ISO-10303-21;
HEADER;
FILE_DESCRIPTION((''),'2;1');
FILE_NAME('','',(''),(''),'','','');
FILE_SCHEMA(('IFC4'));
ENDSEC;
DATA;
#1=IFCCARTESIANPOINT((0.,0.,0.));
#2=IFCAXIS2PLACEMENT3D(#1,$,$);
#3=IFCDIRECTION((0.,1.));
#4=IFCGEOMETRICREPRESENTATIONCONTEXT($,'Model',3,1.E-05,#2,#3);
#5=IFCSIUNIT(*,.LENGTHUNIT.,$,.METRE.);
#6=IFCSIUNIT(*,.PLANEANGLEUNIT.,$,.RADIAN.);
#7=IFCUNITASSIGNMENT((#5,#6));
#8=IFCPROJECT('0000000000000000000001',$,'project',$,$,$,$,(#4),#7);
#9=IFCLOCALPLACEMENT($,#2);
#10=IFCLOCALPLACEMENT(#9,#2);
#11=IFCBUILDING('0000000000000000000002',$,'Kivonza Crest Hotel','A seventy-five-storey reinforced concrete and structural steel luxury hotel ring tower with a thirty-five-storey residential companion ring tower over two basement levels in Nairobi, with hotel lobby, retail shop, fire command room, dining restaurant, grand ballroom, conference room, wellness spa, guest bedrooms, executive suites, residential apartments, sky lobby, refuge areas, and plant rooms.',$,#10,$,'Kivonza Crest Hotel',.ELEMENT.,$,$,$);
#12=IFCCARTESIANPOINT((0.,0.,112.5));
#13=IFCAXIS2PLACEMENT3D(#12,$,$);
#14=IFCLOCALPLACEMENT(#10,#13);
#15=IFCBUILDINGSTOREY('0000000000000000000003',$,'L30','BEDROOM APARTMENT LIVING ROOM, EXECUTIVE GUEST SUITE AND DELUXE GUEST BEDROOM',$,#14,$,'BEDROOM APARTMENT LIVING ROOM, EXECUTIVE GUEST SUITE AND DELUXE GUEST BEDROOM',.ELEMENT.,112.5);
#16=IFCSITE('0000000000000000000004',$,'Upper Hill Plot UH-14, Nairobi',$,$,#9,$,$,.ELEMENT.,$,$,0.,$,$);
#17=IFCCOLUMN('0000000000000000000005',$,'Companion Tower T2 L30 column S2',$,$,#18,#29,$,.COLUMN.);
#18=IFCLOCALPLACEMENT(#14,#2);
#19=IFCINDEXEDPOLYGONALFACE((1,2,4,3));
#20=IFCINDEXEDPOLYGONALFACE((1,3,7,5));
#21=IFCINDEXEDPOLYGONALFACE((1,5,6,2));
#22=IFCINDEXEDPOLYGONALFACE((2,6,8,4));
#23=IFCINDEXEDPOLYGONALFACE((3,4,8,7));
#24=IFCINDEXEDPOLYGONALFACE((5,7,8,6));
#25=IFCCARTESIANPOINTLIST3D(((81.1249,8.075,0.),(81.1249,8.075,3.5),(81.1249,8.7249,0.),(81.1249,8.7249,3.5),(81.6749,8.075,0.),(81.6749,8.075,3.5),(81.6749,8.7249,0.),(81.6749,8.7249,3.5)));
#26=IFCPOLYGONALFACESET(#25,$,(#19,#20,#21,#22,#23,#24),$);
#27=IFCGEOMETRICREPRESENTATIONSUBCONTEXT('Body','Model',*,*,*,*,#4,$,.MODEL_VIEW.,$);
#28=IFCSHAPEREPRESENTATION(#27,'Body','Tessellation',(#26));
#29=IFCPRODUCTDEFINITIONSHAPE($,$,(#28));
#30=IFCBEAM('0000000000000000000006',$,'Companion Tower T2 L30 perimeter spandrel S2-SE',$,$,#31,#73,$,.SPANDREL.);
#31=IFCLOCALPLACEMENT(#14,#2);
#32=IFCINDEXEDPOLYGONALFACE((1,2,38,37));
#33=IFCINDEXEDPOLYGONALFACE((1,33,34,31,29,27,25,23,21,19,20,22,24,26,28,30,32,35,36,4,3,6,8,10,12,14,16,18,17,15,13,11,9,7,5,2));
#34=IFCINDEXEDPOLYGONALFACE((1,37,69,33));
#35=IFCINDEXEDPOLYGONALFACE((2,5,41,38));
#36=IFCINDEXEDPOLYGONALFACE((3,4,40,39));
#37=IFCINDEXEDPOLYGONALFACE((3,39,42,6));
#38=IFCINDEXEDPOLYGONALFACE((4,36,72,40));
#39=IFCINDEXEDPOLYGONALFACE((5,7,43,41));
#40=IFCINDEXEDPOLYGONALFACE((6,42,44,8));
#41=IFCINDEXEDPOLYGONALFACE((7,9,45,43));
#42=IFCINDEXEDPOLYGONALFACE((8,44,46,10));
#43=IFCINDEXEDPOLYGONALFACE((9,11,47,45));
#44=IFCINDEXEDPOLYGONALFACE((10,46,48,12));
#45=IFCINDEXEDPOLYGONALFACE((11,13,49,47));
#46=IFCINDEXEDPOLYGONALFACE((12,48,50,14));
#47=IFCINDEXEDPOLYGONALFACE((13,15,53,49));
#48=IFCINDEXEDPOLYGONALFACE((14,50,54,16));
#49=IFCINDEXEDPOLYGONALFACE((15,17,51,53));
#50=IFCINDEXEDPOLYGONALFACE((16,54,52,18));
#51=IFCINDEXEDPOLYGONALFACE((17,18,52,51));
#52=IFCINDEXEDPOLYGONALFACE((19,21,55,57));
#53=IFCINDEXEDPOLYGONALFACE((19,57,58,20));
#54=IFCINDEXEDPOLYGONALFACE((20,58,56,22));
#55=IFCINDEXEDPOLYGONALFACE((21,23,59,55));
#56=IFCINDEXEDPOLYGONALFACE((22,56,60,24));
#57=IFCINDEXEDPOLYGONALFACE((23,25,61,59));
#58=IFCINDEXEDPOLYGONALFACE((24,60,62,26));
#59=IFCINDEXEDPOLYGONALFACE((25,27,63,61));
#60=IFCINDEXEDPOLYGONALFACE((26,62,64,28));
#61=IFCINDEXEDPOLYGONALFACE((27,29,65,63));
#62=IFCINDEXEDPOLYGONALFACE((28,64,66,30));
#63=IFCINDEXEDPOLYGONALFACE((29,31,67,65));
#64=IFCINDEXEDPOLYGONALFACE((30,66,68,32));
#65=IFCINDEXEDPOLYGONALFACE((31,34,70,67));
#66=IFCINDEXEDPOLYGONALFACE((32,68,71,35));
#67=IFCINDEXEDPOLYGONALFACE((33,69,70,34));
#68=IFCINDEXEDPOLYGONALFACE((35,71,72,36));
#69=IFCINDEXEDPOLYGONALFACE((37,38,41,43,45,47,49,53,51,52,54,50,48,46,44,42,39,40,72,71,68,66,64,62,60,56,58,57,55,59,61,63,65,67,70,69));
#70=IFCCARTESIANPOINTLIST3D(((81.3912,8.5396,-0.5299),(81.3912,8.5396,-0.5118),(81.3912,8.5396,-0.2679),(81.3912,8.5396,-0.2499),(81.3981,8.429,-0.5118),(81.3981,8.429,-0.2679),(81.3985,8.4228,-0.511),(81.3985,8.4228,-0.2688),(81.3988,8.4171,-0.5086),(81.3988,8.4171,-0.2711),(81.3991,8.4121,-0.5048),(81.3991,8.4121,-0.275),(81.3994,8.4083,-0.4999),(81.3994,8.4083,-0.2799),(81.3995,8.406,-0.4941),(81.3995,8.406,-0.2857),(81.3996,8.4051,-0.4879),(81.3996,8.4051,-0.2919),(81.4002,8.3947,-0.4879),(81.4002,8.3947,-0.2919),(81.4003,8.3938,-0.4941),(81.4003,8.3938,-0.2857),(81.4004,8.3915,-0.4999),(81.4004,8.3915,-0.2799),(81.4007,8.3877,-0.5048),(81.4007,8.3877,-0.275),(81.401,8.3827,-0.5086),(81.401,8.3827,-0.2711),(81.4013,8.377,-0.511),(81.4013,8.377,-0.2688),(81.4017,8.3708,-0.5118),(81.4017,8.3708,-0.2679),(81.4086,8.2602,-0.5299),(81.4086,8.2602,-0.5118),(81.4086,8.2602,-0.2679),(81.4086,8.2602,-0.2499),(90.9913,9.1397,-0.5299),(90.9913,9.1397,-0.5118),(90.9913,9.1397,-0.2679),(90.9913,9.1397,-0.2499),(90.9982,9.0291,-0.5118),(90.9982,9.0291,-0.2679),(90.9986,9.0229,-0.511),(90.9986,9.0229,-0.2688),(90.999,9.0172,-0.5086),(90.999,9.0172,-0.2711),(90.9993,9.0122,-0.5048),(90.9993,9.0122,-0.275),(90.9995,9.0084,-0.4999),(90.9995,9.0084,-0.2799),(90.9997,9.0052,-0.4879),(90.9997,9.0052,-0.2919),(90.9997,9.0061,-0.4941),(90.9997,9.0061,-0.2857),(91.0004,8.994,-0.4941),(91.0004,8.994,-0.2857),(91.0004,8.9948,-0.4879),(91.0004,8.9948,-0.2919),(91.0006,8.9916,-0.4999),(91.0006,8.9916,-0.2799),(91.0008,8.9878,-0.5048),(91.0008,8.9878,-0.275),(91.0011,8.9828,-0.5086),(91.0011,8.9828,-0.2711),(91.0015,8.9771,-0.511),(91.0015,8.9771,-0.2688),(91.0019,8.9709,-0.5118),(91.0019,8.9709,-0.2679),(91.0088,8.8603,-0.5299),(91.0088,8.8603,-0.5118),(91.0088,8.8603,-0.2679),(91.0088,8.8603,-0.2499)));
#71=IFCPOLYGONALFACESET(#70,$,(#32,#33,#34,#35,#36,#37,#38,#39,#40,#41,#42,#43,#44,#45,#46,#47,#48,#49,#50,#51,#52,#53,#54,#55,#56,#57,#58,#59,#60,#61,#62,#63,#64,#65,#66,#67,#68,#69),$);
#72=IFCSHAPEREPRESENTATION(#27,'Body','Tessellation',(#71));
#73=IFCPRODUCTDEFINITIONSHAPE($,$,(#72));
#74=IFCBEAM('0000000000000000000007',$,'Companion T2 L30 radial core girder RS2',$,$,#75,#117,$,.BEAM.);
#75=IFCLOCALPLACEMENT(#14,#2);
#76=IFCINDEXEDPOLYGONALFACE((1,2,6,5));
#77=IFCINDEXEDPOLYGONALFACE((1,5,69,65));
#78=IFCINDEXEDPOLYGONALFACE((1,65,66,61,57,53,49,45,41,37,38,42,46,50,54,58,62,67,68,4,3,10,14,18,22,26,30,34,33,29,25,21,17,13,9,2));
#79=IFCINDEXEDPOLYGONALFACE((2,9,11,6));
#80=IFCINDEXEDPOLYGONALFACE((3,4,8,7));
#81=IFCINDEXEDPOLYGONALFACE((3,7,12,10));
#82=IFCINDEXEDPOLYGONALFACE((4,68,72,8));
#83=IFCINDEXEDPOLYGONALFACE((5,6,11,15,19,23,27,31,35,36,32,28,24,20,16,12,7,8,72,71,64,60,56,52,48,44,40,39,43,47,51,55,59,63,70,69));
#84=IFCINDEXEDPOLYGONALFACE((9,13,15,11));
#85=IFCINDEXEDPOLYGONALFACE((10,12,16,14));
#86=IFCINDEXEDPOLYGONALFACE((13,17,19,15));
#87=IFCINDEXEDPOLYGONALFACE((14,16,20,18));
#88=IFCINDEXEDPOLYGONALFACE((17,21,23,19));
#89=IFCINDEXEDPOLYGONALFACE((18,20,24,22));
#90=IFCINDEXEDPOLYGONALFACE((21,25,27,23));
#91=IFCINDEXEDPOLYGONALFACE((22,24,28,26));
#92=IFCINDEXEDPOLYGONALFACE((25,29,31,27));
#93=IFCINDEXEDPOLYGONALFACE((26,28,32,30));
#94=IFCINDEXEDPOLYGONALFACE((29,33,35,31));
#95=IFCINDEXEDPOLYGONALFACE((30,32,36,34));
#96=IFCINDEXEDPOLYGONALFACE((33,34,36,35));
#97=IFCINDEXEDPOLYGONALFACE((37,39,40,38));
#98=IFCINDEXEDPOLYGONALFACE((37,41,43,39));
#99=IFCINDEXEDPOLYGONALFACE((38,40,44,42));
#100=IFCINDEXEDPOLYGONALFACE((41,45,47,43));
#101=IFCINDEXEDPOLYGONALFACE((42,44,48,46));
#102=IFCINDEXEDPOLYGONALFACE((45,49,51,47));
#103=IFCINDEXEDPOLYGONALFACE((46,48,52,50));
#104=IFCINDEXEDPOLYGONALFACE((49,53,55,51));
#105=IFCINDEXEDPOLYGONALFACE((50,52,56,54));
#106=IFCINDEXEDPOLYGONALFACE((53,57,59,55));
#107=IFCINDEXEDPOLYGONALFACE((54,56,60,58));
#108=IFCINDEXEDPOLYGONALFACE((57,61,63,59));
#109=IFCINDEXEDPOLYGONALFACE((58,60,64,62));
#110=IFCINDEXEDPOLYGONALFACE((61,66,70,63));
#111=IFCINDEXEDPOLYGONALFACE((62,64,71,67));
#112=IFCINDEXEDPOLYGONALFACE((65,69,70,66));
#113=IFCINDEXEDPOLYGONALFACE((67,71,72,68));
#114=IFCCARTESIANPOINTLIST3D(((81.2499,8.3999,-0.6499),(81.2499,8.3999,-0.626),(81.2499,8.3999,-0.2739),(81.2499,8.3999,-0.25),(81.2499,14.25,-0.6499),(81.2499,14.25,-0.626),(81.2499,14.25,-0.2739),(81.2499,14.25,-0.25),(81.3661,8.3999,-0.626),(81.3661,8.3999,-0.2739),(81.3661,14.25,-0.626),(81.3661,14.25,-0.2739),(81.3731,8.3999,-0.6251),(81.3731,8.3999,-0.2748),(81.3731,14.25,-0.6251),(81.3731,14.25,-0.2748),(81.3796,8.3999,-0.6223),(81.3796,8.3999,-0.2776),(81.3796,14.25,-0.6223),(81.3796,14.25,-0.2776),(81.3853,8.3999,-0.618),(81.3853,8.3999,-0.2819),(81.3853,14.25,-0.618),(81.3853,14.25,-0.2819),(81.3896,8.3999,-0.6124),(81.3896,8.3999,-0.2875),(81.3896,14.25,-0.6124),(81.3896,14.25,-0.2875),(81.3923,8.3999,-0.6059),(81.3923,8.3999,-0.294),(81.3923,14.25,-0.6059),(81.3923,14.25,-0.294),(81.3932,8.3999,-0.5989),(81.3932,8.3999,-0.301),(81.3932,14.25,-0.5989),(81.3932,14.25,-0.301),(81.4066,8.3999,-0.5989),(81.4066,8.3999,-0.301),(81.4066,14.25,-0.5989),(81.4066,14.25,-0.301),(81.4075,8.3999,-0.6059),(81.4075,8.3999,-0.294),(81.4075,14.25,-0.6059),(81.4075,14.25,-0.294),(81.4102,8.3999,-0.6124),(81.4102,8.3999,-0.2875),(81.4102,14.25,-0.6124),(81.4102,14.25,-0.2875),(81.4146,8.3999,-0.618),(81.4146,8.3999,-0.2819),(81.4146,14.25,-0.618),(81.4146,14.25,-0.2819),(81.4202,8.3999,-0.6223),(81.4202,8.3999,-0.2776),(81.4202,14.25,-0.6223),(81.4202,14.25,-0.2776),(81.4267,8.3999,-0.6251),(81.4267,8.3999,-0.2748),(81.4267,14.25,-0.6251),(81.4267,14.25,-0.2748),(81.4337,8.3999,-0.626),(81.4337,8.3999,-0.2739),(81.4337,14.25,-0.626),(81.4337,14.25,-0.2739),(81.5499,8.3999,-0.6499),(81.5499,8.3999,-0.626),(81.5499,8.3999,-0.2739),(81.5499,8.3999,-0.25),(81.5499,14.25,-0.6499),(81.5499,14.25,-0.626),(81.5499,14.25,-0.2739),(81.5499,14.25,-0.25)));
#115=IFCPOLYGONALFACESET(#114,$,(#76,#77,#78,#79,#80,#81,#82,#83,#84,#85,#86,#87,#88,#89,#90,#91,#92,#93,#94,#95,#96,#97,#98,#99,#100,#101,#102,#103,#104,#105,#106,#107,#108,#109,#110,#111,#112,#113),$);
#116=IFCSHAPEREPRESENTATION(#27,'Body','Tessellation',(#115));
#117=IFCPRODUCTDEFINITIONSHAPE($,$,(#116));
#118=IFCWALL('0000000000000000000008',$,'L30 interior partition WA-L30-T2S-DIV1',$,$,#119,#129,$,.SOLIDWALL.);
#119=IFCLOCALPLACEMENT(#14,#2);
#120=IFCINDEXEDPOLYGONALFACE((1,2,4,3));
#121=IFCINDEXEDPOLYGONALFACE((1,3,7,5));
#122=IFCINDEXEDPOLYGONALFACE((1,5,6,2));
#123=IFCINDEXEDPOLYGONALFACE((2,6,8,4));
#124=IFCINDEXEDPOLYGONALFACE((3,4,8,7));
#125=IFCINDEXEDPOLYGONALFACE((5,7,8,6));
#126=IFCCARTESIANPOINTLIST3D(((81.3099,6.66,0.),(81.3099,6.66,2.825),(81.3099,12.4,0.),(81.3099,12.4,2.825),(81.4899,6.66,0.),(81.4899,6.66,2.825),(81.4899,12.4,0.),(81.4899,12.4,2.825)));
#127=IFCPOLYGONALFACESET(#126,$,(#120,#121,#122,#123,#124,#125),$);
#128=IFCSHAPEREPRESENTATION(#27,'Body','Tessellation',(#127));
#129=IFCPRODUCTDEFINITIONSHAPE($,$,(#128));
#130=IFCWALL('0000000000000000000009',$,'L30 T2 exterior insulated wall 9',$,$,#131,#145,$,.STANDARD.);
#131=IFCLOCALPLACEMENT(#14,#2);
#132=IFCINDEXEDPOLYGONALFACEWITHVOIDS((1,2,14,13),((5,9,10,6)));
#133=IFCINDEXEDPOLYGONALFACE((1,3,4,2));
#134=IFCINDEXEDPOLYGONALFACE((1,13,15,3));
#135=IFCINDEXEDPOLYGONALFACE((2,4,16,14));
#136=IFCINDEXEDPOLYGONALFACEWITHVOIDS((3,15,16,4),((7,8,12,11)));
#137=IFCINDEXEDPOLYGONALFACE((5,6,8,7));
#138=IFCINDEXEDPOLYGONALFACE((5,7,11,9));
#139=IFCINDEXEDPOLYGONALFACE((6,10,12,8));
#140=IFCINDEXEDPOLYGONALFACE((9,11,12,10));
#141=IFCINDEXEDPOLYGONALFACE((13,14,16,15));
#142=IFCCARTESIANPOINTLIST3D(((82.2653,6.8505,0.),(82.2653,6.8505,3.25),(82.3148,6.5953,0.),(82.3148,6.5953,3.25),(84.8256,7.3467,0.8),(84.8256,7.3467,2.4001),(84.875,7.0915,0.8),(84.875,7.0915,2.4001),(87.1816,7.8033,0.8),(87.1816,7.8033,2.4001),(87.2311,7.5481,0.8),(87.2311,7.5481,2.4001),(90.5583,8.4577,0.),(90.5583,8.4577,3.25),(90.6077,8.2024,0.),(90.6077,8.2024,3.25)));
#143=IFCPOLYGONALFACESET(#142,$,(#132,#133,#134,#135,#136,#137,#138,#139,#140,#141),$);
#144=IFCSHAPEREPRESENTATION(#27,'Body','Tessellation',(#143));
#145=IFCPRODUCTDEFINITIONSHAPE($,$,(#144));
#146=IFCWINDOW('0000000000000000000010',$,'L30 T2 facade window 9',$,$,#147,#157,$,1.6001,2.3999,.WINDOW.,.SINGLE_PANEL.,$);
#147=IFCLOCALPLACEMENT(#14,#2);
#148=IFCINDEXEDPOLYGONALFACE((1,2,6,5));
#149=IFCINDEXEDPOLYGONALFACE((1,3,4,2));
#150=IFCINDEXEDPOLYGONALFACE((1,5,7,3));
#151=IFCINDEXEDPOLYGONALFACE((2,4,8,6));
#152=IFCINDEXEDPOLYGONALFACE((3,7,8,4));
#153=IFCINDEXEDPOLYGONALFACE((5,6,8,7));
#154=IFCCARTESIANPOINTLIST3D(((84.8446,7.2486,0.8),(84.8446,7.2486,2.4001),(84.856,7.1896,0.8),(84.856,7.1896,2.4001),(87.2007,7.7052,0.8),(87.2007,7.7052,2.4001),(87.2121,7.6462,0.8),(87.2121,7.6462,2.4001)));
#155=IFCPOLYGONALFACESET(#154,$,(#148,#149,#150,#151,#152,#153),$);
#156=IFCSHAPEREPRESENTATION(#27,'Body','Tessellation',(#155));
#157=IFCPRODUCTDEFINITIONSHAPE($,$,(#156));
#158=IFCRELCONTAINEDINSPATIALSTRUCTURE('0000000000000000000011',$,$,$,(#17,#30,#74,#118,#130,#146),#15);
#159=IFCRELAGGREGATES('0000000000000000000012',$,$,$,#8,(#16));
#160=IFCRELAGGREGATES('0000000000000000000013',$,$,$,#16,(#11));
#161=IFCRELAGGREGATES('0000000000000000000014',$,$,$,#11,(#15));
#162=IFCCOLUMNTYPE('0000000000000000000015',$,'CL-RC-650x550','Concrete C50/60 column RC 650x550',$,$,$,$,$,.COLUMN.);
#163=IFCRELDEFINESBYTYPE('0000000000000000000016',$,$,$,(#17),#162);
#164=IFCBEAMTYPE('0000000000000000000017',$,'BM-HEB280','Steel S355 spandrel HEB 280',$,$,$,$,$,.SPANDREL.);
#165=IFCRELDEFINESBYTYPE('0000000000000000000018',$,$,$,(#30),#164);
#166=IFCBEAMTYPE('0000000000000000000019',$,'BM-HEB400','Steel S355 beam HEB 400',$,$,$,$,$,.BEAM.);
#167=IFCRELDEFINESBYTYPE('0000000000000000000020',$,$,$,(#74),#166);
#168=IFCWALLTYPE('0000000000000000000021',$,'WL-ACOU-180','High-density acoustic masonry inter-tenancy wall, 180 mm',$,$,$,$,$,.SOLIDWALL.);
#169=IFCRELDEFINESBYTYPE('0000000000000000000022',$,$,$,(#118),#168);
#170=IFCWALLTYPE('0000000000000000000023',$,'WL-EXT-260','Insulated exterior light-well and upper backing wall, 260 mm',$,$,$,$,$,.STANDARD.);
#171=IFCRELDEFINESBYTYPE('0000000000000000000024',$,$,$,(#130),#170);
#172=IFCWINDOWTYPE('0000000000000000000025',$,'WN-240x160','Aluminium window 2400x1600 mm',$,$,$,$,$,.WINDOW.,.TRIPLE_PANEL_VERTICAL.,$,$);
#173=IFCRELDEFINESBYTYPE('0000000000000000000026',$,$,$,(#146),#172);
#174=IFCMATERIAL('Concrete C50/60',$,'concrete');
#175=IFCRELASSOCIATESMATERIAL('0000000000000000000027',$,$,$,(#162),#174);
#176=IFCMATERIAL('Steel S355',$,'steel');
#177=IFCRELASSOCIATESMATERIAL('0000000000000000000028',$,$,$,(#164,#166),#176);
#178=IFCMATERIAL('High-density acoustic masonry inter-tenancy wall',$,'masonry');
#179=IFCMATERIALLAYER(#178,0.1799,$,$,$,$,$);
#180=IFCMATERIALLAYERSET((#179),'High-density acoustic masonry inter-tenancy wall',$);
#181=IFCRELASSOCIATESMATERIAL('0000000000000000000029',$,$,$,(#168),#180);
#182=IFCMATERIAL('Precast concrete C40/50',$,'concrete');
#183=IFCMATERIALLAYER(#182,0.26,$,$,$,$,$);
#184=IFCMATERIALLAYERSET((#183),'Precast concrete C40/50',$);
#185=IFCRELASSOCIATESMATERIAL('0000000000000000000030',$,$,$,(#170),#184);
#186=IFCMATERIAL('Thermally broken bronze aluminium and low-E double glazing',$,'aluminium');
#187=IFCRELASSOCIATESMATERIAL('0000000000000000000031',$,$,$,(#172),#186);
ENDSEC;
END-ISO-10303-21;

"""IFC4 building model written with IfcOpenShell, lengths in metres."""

from ifc_helpers import new_model, si_unit, direction, frame, frame_2d, origin, origin_2d, place, context, subcontext, project, spatial, rectangle, i_section, extrude, material, layer, layer_set, material_profile, profile_set, type_object, element, fill, save


model = new_model("IFC4")

# Units and contexts
model_context = context("Model", 3, precision=1e-05, world=origin(), true_north=direction((0.0, 1.0)))
body_context = subcontext(model_context, "Body", "Model", "MODEL_VIEW")
ifc_project = project(units=[si_unit("LENGTHUNIT", "METRE"), si_unit("PLANEANGLEUNIT", "RADIAN")], contexts=[model_context])

# Site, building, storey
site_placement = place(None, origin())
site = spatial("IfcSite", under=ifc_project, at=site_placement, Name="Upper Hill Plot UH-14, Nairobi", CompositionType="ELEMENT", RefElevation=0.0)
building_placement = place(site_placement, origin())
building = spatial("IfcBuilding", under=site, at=building_placement, Name="Kivonza Crest Hotel", Description="A seventy-five-storey reinforced concrete and structural steel luxury hotel ring tower with a thirty-five-storey residential companion ring tower over two basement levels in Nairobi, with hotel lobby, retail shop, fire command room, dining restaurant, grand ballroom, conference room, wellness spa, guest bedrooms, executive suites, residential apartments, sky lobby, refuge areas, and plant rooms.", LongName="Kivonza Crest Hotel", CompositionType="ELEMENT")
storey_placement = place(building_placement, frame((0.0, 0.0, 112.5)))
storey = spatial("IfcBuildingStorey", under=building, at=storey_placement, Name="L30", Description="BEDROOM APARTMENT LIVING ROOM, EXECUTIVE GUEST SUITE AND DELUXE GUEST BEDROOM", LongName="BEDROOM APARTMENT LIVING ROOM, EXECUTIVE GUEST SUITE AND DELUXE GUEST BEDROOM", CompositionType="ELEMENT", Elevation=112.5)

# Column
ifc_material_1 = material(Name="Concrete C50/60", Category="concrete")
ifc_material_profile_1 = material_profile(ifc_material_1, rectangle(XDim=0.55, YDim=0.6499, at=origin_2d()), Name="RC 650x550")
ifc_profile_set_1 = profile_set([ifc_material_profile_1], Name="Concrete C50/60")
column_type = type_object("IfcColumnType", Name="CL-RC-650x550", Description="Concrete C50/60 column RC 650x550", PredefinedType="COLUMN", material=ifc_profile_set_1)
column_placement = place(storey_placement, frame((81.3999, 8.3999, 0.0), z_axis=(0.0, 0.0, 1.0), x_axis=(1.0, 0.0, 0.0)))
element("IfcColumn", 1, at=column_placement, inside=storey, type_object=column_type, Name="Companion Tower T2 L30 column S2", PredefinedType="COLUMN", context=body_context, shape_type="SweptSolid", body=[
    extrude(rectangle(XDim=0.55, YDim=0.6499, at=origin_2d()), origin(), (0.0, 0.0, 1.0), 3.5),
])

# Beams
ifc_material_2 = material(Name="Steel S355", Category="steel")
ifc_material_profile_2 = material_profile(ifc_material_2, i_section(OverallWidth=0.28, OverallDepth=0.28, WebThickness=0.0105, FlangeThickness=0.0181, FilletRadius=0.0239, at=origin_2d()), Name="HEB 280")
ifc_profile_set_2 = profile_set([ifc_material_profile_2], Name="Steel S355")
beam_type_1 = type_object("IfcBeamType", Name="BM-HEB280", Description="Steel S355 spandrel HEB 280", PredefinedType="SPANDREL", material=ifc_profile_set_2)
beam_1_placement = place(storey_placement, frame((81.3999, 8.3999, -0.3899), z_axis=(0.998052, 0.062388, 0.0), x_axis=(-0.062388, 0.998052, 0.0)))
element("IfcBeam", 2, at=beam_1_placement, inside=storey, type_object=beam_type_1, Name="Companion Tower T2 L30 perimeter spandrel S2-SE", PredefinedType="SPANDREL", context=body_context, shape_type="SweptSolid", body=[
    extrude(i_section(OverallWidth=0.28, OverallDepth=0.28, WebThickness=0.0105, FlangeThickness=0.0181, FilletRadius=0.0239, at=origin_2d()), origin(), (0.0, 0.0, 1.0), 9.6189),
])
ifc_material_profile_3 = material_profile(ifc_material_2, i_section(OverallWidth=0.3, OverallDepth=0.3999, WebThickness=0.0134, FlangeThickness=0.0239, FilletRadius=0.0271, at=origin_2d()), Name="HEB 400")
ifc_profile_set_3 = profile_set([ifc_material_profile_3], Name="Steel S355")
beam_type_2 = type_object("IfcBeamType", Name="BM-HEB400", Description="Steel S355 beam HEB 400", PredefinedType="BEAM", material=ifc_profile_set_3)
beam_2_placement = place(storey_placement, frame((81.3999, 8.3999, -0.45), z_axis=(0.0, 1.0, 0.0), x_axis=(-1.0, 0.0, 0.0)))
element("IfcBeam", 3, at=beam_2_placement, inside=storey, type_object=beam_type_2, Name="Companion T2 L30 radial core girder RS2", PredefinedType="BEAM", context=body_context, shape_type="SweptSolid", body=[
    extrude(i_section(OverallWidth=0.3, OverallDepth=0.3999, WebThickness=0.0134, FlangeThickness=0.0239, FilletRadius=0.0271, at=origin_2d()), origin(), (0.0, 0.0, 1.0), 5.8501),
])

# Wall
ifc_material_3 = material(Name="High-density acoustic masonry inter-tenancy wall", Category="masonry")
ifc_layer_1 = layer(ifc_material_3, 0.1799)
ifc_layer_set_1 = layer_set([ifc_layer_1], Name="High-density acoustic masonry inter-tenancy wall")
wall_type_1 = type_object("IfcWallType", Name="WL-ACOU-180", Description="High-density acoustic masonry inter-tenancy wall, 180 mm", PredefinedType="SOLIDWALL", material=ifc_layer_set_1)
wall_1_placement = place(storey_placement, frame((81.3999, 6.6599, 0.0), z_axis=(0.0, 0.0, 1.0), x_axis=(0.0, 1.0, 0.0)))
element("IfcWall", 4, at=wall_1_placement, inside=storey, type_object=wall_type_1, Name="L30 interior partition WA-L30-T2S-DIV1", PredefinedType="SOLIDWALL", context=body_context, shape_type="SweptSolid", body=[
    extrude(rectangle(XDim=5.74, YDim=0.1799, at=frame_2d((2.8701, 0.0))), origin(), (0.0, 0.0, 1.0), 2.825),
])

# Wall, opening, window
ifc_material_4 = material(Name="Precast concrete C40/50", Category="concrete")
ifc_layer_2 = layer(ifc_material_4, 0.26)
ifc_layer_set_2 = layer_set([ifc_layer_2], Name="Precast concrete C40/50")
wall_type_2 = type_object("IfcWallType", Name="WL-EXT-260", Description="Insulated exterior light-well and upper backing wall, 260 mm", PredefinedType="STANDARD", material=ifc_layer_set_2)
wall_2_placement = place(storey_placement, frame((82.29, 6.7229, 0.0), z_axis=(0.0, 0.0, 1.0), x_axis=(0.981734, 0.19026, 0.0)))
wall_2 = element("IfcWall", 5, at=wall_2_placement, inside=storey, type_object=wall_type_2, Name="L30 T2 exterior insulated wall 9", PredefinedType="STANDARD", context=body_context, shape_type="SweptSolid", body=[
    extrude(rectangle(XDim=8.4473, YDim=0.26, at=frame_2d((4.2236, 0.0))), origin(), (0.0, 0.0, 1.0), 3.25),
])
opening_1_placement = place(wall_2_placement, frame((2.6079, 0.0, 0.8)))
opening_1 = element("IfcOpeningElement", 6, at=opening_1_placement, cuts=wall_2, PredefinedType="OPENING", context=body_context, shape_type="SweptSolid", body=[
    extrude(rectangle(XDim=2.3999, YDim=1.6001, at=frame_2d((1.2, 0.8))), frame((0.0, 0.1401, 0.0), z_axis=(0.0, -1.0, 0.0), x_axis=(1.0, 0.0, 0.0)), (0.0, 0.0, 1.0), 0.28),
])
ifc_material_5 = material(Name="Thermally broken bronze aluminium and low-E double glazing", Category="aluminium")
window_type = type_object("IfcWindowType", Name="WN-240x160", Description="Aluminium window 2400x1600 mm", PartitioningType="TRIPLE_PANEL_VERTICAL", PredefinedType="WINDOW", material=ifc_material_5)
window_placement = place(opening_1_placement, origin())
window = element("IfcWindow", 7, at=window_placement, inside=storey, type_object=window_type, Name="L30 T2 facade window 9", OverallHeight=1.6001, OverallWidth=2.3999, PartitioningType="SINGLE_PANEL", PredefinedType="WINDOW", context=body_context, shape_type="SweptSolid", body=[
    extrude(rectangle(XDim=2.3999, YDim=1.6001, at=frame_2d((1.2, 0.8))), frame((0.0, 0.03, 0.0), z_axis=(0.0, -1.0, 0.0), x_axis=(1.0, 0.0, 0.0)), (0.0, 0.0, 1.0), 0.0601),
])
fill(opening_1, window)

save(model, "model.ifc")
